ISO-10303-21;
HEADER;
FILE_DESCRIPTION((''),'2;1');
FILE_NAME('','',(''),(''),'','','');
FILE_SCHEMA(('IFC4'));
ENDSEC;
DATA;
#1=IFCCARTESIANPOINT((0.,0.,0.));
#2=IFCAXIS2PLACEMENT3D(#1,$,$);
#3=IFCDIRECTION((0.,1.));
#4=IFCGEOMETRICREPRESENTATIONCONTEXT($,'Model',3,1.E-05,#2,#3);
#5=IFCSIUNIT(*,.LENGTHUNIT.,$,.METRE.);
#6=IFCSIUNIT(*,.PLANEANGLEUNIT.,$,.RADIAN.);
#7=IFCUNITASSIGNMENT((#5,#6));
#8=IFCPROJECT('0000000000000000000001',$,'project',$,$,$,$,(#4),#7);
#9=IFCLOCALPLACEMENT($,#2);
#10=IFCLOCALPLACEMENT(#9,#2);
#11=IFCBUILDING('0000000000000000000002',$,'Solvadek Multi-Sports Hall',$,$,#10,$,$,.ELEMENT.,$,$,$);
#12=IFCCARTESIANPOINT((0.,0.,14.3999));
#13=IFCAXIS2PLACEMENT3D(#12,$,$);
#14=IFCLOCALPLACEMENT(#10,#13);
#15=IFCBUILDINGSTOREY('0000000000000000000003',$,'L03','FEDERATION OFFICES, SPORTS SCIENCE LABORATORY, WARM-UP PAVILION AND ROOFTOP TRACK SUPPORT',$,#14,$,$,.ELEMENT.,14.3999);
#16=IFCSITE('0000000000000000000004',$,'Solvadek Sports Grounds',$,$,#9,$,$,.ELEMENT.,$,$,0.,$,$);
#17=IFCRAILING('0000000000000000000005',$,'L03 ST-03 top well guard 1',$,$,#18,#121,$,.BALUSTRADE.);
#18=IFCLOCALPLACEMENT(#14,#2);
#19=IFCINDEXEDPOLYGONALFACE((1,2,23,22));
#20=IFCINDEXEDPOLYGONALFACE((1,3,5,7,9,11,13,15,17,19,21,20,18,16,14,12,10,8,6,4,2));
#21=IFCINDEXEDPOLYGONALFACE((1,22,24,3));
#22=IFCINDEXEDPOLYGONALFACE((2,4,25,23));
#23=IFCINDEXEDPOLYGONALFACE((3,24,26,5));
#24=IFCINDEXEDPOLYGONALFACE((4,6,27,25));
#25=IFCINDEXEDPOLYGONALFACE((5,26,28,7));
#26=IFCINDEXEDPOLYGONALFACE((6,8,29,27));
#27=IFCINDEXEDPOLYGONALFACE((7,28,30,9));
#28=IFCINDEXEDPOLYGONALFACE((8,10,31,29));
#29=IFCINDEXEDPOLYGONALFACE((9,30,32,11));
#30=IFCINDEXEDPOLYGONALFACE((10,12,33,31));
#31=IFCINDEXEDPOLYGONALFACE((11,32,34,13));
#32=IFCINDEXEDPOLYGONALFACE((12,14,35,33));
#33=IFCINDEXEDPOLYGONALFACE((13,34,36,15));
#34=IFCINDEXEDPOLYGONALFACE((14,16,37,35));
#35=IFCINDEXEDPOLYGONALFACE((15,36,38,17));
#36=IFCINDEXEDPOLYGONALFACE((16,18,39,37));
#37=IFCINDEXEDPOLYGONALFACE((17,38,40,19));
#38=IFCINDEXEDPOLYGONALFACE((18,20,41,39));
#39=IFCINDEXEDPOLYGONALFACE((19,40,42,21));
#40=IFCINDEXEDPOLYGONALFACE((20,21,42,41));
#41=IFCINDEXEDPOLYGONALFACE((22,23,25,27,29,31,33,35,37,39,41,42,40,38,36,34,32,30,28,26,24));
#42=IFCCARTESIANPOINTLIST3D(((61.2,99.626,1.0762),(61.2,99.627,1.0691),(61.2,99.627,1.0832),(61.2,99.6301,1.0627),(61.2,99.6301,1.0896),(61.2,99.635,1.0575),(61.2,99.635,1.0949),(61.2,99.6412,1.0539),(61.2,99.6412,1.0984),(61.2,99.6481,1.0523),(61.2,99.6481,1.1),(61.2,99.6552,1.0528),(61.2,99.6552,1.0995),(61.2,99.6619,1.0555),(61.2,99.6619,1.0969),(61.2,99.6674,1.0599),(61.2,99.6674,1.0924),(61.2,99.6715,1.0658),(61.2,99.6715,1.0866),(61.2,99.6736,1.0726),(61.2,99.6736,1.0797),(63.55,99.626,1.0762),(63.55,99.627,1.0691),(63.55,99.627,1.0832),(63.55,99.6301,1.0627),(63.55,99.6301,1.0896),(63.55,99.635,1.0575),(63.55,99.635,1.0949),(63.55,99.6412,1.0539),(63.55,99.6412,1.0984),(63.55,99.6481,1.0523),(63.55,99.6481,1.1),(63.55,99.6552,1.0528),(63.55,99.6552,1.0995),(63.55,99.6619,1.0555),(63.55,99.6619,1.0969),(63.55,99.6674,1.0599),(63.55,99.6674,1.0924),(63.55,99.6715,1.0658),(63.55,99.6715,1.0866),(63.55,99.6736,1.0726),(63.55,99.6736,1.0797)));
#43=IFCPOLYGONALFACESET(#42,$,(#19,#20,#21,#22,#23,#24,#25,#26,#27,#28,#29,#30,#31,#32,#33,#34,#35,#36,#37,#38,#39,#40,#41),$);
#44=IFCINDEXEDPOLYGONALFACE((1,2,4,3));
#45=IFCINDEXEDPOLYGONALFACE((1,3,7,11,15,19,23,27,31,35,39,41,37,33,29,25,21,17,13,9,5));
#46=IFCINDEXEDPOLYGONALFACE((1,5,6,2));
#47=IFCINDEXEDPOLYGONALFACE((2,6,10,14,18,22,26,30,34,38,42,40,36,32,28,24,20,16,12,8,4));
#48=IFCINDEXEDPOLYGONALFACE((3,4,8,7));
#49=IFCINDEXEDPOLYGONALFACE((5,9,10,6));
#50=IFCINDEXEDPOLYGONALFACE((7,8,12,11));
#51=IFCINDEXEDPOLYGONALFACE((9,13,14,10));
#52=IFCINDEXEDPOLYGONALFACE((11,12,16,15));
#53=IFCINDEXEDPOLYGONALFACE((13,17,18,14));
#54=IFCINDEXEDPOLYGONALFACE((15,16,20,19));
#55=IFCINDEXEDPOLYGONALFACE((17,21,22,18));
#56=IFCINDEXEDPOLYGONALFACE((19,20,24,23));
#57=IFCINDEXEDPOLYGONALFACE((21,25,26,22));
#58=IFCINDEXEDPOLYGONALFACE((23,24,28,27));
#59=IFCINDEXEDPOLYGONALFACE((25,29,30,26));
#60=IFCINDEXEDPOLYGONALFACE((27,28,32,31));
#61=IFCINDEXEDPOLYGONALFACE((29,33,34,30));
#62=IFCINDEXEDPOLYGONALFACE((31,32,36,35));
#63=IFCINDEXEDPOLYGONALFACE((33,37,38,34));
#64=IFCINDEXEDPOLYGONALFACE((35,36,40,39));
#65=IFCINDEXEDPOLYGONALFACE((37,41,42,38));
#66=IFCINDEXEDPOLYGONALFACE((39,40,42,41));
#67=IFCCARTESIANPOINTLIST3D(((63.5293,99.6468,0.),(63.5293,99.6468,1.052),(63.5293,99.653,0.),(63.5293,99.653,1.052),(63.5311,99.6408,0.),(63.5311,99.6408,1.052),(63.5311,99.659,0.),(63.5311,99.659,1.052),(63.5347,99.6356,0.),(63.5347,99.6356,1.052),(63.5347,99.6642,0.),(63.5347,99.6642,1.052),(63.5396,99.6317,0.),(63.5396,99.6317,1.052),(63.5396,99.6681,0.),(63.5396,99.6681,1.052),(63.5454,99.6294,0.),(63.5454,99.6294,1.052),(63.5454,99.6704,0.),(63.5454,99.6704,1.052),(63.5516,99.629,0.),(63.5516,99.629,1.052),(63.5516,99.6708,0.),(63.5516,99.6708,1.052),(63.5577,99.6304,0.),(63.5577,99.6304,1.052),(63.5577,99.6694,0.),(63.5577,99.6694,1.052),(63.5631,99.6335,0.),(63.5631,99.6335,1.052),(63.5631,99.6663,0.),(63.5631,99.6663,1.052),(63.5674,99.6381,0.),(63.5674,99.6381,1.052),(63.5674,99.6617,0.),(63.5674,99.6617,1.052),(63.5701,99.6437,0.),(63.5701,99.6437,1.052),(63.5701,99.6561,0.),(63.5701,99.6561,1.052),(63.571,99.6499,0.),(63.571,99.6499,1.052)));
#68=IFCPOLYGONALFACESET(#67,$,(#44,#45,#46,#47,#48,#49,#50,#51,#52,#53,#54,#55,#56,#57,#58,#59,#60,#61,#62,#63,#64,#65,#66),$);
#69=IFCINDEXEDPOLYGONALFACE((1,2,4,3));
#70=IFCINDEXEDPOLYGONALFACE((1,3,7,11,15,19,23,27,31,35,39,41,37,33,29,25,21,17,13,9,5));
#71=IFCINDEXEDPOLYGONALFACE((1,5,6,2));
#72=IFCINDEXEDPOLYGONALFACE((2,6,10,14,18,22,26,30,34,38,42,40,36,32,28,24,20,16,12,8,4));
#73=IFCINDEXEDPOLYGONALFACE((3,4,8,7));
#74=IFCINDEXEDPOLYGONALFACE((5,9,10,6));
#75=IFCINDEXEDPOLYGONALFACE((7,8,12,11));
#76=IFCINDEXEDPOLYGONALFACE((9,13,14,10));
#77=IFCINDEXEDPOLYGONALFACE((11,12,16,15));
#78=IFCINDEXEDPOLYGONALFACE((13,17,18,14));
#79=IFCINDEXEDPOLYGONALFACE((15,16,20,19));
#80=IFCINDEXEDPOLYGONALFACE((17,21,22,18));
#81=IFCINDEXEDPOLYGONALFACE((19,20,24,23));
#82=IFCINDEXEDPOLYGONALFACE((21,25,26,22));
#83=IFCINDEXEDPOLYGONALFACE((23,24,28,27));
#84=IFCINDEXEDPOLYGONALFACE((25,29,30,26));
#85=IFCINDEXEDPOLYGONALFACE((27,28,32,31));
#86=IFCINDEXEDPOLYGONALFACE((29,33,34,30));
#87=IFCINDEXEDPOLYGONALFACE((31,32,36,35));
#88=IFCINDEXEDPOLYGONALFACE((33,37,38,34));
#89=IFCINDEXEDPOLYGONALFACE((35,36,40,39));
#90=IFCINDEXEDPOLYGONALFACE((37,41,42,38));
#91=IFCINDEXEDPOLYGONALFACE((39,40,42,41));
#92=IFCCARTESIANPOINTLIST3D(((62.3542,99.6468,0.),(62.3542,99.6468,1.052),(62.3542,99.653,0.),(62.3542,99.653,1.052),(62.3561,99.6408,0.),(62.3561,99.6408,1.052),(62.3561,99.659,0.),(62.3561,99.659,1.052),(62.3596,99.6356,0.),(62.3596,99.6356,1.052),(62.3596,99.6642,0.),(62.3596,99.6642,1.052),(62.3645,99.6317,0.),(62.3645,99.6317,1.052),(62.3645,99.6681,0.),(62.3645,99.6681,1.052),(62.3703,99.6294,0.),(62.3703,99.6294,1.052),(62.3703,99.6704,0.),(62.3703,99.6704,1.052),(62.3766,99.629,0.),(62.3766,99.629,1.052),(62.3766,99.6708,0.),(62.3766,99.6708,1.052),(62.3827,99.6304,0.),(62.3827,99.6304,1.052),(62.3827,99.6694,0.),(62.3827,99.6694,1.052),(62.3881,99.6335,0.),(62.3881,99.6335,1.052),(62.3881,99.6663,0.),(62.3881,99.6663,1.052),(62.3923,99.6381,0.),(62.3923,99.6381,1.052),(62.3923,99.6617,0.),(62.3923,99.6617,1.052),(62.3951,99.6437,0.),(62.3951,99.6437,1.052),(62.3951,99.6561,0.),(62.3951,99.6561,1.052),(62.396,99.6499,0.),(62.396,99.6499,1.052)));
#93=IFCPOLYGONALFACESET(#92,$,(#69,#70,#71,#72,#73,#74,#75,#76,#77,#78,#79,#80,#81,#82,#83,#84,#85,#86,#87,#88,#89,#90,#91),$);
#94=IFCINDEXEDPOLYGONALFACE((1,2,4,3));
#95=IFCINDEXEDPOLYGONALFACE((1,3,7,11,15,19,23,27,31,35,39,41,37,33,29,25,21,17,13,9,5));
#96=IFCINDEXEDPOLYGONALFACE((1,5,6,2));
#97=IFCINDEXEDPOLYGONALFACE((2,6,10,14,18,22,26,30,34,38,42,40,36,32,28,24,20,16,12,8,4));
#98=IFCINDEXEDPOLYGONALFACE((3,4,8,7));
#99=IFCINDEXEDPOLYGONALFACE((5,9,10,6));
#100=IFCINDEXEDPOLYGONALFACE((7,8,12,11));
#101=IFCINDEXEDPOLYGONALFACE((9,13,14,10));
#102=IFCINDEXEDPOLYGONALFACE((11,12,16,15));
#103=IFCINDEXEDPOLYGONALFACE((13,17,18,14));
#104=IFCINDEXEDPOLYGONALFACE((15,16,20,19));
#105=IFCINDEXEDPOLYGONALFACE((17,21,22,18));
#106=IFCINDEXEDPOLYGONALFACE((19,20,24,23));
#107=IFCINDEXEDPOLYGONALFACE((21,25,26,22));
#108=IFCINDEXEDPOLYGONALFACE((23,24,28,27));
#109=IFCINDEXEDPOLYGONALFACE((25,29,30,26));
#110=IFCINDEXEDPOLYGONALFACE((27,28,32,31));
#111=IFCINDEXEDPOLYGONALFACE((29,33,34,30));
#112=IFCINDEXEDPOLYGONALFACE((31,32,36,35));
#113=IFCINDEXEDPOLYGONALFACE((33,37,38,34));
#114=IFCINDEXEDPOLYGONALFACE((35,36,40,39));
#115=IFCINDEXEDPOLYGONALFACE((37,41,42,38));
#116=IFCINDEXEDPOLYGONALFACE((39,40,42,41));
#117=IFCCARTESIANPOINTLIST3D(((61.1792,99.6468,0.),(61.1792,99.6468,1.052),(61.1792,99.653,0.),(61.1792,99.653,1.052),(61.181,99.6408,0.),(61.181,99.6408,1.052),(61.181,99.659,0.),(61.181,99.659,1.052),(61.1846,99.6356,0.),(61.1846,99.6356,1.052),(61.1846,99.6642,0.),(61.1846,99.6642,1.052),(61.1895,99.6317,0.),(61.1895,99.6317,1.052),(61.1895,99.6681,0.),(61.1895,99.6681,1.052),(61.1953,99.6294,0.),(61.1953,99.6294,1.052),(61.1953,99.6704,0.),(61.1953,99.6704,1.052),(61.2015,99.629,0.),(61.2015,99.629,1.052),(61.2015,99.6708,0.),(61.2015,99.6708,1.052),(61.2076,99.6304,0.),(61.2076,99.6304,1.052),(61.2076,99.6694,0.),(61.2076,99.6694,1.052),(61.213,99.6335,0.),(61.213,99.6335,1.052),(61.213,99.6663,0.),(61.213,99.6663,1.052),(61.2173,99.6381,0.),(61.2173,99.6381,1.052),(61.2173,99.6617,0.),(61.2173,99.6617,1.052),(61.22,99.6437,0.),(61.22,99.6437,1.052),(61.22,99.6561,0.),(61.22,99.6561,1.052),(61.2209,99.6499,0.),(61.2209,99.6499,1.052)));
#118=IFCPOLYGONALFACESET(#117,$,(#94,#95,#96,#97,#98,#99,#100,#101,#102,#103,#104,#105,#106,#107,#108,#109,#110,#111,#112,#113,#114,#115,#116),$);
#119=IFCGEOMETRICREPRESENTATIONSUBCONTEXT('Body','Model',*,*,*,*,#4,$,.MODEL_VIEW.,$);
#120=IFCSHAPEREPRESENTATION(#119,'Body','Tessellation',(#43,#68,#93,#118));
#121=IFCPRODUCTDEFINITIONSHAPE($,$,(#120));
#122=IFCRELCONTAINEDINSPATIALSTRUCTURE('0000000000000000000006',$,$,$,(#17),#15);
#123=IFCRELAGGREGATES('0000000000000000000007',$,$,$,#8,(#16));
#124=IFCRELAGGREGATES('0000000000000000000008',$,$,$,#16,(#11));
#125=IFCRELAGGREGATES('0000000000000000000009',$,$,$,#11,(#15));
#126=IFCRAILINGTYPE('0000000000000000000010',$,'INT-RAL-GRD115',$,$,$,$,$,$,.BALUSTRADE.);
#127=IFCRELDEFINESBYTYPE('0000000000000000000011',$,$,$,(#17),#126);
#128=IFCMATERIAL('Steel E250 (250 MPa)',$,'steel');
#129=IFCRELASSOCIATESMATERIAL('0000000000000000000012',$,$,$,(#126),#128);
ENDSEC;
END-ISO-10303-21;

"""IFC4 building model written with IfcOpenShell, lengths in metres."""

from ifc_helpers import new_model, si_unit, direction, frame, origin, origin_2d, place, context, subcontext, project, spatial, circle, extrude, material, type_object, element, save


model = new_model("IFC4")

# Units and contexts
model_context = context("Model", 3, precision=1e-05, world=origin(), true_north=direction((0.0, 1.0)))
body_context = subcontext(model_context, "Body", "Model", "MODEL_VIEW")
ifc_project = project(units=[si_unit("LENGTHUNIT", "METRE"), si_unit("PLANEANGLEUNIT", "RADIAN")], contexts=[model_context])

# Site, building, storey
site_placement = place(None, origin())
site = spatial("IfcSite", under=ifc_project, at=site_placement, Name="Solvadek Sports Grounds", CompositionType="ELEMENT", RefElevation=0.0)
building_placement = place(site_placement, origin())
building = spatial("IfcBuilding", under=site, at=building_placement, Name="Solvadek Multi-Sports Hall", CompositionType="ELEMENT")
storey_placement = place(building_placement, frame((0.0, 0.0, 14.3999)))
storey = spatial("IfcBuildingStorey", under=building, at=storey_placement, Name="L03", Description="FEDERATION OFFICES, SPORTS SCIENCE LABORATORY, WARM-UP PAVILION AND ROOFTOP TRACK SUPPORT", CompositionType="ELEMENT", Elevation=14.3999)

# Railing
ifc_material_1 = material(Name="Steel E250 (250 MPa)", Category="steel")
railing_type_1 = type_object("IfcRailingType", Name="INT-RAL-GRD115", PredefinedType="BALUSTRADE", material=ifc_material_1)
railing_1_placement = place(storey_placement, frame((63.55, 99.6499, 0.0)))
element("IfcRailing", 1, at=railing_1_placement, inside=storey, type_object=railing_type_1, Name="L03 ST-03 top well guard 1", PredefinedType="BALUSTRADE", context=body_context, shape_type="SweptSolid", body=[
    extrude(circle(Radius=0.0239, at=origin_2d()), frame((0.0, 0.0, 1.0762), z_axis=(-1.0, 0.0, 0.0), x_axis=(0.0, -1.0, 0.0)), (0.0, 0.0, 1.0), 2.3501),
    extrude(circle(Radius=0.021, at=origin_2d()), origin(), (0.0, 0.0, 1.0), 1.052),
    extrude(circle(Radius=0.021, at=origin_2d()), frame((-1.175, 0.0, 0.0)), (0.0, 0.0, 1.0), 1.052),
    extrude(circle(Radius=0.021, at=origin_2d()), frame((-2.3501, 0.0, 0.0)), (0.0, 0.0, 1.0), 1.052),
])

save(model, "model.ifc")
